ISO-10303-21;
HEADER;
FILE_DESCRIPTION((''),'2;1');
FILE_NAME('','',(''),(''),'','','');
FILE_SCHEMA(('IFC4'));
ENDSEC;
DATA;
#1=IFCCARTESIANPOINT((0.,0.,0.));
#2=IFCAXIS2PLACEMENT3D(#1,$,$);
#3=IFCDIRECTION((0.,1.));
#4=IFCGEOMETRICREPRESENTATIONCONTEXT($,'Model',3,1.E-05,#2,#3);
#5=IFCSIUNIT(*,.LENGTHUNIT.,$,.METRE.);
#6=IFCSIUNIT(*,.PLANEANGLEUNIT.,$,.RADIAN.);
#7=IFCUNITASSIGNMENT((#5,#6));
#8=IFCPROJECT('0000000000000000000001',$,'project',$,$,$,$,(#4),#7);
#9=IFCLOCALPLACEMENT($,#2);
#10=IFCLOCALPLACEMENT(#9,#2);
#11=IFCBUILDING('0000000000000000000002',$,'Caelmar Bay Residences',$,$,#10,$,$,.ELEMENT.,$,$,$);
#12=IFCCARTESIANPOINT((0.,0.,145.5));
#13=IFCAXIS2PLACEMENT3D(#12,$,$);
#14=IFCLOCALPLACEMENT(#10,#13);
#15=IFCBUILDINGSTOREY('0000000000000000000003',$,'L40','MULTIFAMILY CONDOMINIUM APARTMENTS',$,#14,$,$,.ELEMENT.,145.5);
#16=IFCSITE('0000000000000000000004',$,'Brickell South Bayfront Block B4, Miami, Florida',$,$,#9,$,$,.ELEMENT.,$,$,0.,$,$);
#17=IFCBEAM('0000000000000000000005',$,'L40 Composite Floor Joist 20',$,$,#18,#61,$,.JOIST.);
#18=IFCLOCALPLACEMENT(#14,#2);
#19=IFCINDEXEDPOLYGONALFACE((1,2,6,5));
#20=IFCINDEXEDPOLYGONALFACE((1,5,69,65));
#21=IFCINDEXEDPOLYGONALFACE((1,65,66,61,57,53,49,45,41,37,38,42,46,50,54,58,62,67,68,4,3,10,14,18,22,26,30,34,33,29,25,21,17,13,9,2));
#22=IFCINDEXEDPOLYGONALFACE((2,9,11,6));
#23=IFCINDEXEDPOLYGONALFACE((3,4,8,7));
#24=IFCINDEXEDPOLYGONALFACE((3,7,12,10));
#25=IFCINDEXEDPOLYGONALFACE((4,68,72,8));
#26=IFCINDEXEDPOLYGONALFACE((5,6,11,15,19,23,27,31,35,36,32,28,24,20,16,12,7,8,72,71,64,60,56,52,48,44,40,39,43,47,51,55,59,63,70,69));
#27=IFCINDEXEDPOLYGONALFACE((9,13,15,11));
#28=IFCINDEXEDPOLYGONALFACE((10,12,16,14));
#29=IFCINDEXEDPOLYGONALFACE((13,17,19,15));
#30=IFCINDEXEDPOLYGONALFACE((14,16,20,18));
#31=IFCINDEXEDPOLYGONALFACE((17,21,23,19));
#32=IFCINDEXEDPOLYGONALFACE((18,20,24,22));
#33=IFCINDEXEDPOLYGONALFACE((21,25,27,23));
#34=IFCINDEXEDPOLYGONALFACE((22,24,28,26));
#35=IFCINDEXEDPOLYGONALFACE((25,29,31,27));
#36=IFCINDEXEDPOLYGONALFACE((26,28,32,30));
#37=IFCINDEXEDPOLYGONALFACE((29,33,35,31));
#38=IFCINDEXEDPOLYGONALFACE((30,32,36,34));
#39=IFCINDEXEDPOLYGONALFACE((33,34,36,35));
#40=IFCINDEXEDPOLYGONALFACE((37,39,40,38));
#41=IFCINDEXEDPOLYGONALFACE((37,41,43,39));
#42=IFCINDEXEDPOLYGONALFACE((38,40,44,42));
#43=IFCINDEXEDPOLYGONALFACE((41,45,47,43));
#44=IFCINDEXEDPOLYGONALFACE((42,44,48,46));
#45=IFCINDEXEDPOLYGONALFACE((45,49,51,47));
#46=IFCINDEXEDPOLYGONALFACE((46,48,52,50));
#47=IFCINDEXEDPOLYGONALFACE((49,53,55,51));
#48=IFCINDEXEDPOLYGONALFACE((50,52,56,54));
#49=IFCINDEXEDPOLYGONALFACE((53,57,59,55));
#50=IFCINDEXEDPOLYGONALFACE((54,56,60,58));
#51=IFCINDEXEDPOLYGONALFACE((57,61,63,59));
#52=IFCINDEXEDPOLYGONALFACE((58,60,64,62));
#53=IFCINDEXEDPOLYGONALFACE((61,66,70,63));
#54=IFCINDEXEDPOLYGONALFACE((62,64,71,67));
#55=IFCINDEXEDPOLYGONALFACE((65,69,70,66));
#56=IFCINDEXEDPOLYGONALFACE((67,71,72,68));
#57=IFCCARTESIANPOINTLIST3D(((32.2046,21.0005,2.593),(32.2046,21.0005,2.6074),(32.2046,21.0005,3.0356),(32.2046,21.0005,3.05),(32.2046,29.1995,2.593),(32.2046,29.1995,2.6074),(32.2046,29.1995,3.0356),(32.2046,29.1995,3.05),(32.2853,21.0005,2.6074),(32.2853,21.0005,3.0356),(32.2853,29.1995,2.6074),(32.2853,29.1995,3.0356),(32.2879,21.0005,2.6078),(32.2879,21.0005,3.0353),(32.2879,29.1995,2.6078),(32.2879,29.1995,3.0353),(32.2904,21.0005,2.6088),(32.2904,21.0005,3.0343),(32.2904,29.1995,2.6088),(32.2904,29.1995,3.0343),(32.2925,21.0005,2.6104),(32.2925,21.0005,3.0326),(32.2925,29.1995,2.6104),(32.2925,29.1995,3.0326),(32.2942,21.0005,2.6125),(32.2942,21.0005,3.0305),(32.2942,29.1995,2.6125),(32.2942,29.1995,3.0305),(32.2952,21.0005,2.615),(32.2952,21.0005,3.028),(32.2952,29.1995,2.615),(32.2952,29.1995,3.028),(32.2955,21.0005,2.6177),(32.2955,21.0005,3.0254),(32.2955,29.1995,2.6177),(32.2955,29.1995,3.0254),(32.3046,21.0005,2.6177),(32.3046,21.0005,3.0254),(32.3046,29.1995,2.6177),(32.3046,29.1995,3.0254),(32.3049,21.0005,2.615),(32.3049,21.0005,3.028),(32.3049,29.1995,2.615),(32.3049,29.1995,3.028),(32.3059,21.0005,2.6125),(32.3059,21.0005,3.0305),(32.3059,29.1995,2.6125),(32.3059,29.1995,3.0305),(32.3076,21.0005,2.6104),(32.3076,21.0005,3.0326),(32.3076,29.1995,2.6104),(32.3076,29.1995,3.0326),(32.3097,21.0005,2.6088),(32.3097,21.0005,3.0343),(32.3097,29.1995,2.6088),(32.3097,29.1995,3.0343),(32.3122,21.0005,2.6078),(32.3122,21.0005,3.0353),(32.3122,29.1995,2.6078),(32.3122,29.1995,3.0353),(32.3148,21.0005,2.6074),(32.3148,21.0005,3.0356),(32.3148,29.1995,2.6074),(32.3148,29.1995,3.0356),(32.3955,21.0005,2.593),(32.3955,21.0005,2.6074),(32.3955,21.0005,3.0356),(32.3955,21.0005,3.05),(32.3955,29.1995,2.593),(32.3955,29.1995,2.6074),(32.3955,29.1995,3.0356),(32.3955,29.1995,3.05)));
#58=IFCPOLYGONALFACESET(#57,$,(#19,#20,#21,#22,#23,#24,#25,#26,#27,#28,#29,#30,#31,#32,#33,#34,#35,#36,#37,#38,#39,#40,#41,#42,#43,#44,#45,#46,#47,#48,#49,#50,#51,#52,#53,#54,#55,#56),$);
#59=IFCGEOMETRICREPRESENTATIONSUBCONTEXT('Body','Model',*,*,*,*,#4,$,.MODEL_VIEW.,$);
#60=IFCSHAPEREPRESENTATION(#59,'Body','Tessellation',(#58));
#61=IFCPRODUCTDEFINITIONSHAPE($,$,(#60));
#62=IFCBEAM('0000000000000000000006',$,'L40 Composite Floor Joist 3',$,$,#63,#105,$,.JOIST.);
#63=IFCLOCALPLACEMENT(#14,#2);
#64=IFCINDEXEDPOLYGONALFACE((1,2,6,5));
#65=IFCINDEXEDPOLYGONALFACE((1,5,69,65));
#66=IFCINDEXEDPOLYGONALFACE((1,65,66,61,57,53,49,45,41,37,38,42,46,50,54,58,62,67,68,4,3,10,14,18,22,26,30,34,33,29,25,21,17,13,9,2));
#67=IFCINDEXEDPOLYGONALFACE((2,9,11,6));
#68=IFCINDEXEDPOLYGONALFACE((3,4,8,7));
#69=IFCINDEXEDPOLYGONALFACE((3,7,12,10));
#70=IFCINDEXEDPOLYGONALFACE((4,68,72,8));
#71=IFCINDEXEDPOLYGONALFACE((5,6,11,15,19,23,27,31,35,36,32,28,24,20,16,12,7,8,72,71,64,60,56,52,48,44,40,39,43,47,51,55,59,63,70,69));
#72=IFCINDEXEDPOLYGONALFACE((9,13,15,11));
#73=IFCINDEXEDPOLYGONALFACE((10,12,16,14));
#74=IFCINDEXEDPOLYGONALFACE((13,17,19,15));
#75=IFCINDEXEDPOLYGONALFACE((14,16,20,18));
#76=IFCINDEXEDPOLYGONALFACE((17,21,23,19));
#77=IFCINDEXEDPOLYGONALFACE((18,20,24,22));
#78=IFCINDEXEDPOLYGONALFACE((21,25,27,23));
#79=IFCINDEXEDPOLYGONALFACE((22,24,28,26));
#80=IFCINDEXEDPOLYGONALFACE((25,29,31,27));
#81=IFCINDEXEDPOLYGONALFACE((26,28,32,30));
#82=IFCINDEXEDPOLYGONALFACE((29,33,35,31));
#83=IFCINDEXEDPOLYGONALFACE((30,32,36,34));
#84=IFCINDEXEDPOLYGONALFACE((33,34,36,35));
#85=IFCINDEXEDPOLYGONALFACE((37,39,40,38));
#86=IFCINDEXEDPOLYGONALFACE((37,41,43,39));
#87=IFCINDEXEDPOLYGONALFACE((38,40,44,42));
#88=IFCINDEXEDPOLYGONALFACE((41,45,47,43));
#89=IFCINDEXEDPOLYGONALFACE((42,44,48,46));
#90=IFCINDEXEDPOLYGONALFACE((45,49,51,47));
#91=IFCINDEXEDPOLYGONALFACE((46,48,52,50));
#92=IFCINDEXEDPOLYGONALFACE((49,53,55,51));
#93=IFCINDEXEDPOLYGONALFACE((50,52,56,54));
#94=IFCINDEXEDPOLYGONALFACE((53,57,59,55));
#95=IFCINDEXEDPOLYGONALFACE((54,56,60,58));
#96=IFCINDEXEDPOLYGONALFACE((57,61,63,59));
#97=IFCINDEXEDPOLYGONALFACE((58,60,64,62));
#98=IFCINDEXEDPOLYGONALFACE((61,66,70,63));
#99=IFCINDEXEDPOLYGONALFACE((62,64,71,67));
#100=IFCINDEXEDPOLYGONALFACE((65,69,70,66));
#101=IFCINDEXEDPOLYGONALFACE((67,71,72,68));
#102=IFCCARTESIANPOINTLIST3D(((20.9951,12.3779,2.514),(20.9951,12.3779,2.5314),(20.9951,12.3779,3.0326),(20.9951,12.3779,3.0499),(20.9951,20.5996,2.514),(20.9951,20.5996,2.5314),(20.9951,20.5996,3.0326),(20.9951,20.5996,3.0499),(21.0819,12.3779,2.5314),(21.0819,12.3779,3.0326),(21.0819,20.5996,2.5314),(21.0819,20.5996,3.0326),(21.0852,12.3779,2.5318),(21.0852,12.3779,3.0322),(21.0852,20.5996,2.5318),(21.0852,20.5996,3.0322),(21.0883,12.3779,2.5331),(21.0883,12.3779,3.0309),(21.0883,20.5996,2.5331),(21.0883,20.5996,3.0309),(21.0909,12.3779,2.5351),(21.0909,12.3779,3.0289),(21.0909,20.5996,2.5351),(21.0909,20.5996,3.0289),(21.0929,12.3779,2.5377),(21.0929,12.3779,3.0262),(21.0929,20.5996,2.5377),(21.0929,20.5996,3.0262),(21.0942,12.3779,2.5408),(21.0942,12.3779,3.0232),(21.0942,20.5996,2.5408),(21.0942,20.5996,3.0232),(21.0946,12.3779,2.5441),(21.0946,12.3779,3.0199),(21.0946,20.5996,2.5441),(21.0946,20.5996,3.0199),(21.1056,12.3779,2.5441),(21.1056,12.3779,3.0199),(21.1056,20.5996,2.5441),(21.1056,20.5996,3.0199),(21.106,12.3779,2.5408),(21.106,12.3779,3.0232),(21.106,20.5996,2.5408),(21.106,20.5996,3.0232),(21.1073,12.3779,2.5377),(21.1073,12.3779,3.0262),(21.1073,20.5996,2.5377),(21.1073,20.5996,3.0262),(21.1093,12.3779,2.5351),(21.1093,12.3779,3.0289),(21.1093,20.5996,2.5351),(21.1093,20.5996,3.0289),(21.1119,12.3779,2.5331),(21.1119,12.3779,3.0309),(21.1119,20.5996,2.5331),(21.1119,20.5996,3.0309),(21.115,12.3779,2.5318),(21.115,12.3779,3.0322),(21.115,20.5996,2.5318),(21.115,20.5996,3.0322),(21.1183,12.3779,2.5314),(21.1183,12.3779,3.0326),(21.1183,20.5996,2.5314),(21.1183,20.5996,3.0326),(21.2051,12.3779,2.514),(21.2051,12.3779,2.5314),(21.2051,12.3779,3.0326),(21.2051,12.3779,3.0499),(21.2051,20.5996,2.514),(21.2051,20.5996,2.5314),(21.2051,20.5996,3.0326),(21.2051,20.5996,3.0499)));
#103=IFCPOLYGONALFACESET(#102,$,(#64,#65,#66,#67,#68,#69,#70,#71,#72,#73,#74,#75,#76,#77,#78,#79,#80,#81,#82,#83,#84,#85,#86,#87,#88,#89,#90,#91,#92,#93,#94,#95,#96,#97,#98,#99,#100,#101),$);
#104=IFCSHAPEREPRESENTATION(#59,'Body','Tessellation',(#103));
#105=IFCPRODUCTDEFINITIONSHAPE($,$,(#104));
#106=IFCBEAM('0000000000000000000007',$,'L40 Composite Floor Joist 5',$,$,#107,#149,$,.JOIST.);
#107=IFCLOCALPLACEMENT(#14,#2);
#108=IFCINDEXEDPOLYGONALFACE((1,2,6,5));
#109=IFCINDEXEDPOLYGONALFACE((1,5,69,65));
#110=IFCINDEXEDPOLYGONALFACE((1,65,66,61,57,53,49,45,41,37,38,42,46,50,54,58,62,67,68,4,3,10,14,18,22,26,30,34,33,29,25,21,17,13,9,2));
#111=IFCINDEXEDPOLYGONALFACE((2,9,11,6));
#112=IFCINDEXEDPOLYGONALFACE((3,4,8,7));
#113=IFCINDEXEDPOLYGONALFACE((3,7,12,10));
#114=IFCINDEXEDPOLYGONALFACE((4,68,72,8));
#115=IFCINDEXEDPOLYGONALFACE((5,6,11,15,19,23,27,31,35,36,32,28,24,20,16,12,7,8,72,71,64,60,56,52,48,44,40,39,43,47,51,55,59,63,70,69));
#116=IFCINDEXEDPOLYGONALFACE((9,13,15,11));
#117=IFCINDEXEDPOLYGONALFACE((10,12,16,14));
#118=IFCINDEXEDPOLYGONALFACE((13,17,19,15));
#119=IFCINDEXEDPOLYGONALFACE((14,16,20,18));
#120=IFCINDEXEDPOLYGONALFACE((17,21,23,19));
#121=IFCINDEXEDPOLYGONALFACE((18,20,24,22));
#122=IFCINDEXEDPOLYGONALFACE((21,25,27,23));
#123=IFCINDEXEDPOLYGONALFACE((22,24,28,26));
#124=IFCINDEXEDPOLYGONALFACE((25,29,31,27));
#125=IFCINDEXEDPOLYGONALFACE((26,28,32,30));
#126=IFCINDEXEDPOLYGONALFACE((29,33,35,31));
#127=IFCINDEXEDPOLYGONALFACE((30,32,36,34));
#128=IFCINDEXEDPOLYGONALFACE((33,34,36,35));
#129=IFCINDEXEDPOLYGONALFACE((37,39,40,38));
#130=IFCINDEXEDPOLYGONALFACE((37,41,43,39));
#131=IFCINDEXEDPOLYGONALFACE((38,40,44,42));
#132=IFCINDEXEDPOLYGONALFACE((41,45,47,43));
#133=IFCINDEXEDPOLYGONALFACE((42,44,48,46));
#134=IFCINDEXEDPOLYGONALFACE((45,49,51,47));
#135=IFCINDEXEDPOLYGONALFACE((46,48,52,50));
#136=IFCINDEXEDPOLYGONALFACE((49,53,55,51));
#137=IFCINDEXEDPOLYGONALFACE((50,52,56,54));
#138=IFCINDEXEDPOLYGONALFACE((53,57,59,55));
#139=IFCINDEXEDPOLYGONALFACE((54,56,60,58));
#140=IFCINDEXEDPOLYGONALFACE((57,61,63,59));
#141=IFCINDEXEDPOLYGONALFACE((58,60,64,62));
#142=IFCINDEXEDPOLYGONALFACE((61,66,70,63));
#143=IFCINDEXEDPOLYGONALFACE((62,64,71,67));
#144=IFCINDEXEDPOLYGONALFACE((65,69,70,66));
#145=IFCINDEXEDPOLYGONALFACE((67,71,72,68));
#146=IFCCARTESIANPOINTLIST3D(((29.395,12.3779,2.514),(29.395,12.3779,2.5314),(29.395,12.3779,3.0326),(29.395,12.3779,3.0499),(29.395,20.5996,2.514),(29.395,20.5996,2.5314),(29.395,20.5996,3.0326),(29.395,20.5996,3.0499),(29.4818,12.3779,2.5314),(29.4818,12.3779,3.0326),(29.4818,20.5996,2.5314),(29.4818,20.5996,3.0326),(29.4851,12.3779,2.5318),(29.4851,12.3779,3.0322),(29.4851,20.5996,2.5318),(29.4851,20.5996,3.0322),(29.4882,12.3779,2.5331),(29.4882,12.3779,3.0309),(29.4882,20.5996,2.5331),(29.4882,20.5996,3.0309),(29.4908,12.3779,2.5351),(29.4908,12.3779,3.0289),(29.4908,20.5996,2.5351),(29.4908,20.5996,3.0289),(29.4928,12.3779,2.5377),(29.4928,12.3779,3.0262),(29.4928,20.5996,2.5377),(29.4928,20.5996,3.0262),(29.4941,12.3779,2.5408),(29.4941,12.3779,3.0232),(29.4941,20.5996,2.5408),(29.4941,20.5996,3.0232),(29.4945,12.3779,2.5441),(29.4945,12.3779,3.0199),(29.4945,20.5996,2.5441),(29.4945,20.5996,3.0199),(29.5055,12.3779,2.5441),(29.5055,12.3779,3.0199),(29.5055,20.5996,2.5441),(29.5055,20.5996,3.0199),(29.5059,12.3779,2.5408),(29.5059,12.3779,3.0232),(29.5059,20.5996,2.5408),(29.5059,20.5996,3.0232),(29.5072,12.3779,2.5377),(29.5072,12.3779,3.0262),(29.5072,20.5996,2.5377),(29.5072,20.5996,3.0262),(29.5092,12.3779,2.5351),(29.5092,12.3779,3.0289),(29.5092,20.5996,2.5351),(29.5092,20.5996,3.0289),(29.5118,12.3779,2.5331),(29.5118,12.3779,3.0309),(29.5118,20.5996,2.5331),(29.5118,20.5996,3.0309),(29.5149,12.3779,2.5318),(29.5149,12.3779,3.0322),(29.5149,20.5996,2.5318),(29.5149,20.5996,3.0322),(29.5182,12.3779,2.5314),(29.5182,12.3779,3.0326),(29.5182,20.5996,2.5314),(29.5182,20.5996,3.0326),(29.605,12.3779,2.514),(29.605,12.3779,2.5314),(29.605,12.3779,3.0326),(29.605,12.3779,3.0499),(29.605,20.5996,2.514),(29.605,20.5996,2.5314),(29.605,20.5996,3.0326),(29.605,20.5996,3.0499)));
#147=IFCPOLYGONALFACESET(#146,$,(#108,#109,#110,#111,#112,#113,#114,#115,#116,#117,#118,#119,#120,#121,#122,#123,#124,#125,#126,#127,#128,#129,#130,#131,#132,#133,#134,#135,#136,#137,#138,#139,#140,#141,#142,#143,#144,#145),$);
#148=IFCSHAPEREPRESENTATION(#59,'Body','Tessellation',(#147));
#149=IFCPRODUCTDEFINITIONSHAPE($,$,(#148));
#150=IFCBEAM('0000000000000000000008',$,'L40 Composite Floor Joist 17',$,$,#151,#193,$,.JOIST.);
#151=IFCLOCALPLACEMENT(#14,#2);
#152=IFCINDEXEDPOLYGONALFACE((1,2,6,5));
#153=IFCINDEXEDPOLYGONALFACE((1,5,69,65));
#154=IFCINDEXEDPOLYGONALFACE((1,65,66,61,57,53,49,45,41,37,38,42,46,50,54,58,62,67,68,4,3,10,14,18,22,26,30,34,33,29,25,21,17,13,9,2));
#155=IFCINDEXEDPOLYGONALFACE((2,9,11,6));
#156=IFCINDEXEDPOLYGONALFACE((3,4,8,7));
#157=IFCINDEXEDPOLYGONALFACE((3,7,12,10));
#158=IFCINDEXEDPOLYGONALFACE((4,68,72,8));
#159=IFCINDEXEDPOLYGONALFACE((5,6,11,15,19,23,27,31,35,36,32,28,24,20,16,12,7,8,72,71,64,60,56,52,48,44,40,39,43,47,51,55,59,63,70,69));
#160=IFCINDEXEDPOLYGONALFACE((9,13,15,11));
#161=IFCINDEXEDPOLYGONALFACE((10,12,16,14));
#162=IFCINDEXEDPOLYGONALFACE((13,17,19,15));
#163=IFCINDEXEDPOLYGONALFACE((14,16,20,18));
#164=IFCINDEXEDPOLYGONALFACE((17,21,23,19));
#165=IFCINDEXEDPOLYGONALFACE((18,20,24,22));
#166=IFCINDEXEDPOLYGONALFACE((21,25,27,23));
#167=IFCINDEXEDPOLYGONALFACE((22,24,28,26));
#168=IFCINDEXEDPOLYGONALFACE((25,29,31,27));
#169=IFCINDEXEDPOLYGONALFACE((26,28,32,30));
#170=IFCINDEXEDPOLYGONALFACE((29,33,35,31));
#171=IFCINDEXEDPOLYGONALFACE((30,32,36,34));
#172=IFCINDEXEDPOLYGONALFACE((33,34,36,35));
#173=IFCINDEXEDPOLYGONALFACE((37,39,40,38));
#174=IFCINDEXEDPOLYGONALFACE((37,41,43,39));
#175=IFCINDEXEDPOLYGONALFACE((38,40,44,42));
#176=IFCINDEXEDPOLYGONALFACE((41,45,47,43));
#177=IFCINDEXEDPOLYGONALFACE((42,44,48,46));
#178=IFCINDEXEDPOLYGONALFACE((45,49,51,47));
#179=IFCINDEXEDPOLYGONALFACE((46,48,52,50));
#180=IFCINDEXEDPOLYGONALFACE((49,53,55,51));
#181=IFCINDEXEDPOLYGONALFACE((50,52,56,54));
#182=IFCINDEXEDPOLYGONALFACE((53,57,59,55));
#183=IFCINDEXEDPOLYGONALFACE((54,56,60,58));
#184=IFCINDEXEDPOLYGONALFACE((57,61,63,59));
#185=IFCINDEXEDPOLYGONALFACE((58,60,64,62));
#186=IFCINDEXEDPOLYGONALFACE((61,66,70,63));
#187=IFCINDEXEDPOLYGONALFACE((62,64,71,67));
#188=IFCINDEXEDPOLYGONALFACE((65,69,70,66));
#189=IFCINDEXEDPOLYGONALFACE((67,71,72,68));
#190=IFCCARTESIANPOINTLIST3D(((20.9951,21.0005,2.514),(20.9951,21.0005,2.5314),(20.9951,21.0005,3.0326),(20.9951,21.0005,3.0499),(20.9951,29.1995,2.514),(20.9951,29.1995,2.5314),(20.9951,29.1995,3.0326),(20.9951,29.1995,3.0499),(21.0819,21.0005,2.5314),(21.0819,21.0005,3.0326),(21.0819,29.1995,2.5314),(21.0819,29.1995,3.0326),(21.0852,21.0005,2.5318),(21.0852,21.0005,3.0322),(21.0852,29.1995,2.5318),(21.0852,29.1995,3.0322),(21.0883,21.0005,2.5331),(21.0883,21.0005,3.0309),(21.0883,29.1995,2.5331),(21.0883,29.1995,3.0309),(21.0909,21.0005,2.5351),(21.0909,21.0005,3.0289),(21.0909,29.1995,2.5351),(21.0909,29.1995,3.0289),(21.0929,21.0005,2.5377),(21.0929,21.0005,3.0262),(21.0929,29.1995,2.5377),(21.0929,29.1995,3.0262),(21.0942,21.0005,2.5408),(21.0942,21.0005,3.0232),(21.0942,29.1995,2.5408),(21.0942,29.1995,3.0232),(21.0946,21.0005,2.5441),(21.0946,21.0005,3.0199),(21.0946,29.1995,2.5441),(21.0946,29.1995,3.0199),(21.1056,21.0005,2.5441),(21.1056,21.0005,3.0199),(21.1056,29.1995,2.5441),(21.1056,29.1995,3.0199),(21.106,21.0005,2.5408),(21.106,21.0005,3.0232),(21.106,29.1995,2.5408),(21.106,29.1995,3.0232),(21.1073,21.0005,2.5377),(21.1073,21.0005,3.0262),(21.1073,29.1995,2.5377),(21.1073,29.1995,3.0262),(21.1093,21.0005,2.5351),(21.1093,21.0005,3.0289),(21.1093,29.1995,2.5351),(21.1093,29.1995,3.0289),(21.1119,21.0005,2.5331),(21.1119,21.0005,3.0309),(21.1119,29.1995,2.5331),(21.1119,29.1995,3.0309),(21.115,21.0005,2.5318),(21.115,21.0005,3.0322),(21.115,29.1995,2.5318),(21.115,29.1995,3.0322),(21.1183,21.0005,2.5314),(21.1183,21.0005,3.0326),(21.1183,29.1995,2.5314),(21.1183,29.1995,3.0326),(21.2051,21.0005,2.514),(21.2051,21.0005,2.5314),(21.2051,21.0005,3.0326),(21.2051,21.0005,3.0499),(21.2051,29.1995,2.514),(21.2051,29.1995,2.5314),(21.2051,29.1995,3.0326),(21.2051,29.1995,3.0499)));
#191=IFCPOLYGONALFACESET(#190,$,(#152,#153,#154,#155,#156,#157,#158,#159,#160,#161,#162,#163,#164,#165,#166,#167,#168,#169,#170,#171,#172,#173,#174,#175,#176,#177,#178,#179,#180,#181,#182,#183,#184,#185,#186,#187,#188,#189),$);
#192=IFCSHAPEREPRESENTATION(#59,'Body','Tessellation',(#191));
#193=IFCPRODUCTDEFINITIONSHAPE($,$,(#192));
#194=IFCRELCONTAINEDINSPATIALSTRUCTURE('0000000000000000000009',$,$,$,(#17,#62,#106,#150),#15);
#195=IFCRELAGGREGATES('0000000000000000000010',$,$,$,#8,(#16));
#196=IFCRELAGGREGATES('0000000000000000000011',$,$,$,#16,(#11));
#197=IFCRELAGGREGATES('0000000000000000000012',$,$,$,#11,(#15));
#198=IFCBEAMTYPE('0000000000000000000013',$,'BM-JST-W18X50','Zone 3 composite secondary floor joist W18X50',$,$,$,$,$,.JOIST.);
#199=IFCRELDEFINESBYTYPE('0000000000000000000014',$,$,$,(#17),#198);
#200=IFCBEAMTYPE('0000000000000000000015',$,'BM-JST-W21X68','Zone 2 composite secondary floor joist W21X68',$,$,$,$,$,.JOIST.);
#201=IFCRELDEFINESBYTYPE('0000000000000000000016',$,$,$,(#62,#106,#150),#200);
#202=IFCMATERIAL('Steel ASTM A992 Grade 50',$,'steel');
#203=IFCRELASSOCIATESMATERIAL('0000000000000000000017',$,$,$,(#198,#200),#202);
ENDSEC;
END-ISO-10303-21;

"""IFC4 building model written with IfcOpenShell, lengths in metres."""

from ifc_helpers import new_model, si_unit, direction, frame, origin, origin_2d, place, context, subcontext, project, spatial, i_section, extrude, material, material_profile, profile_set, type_object, element, save


model = new_model("IFC4")

# Units and contexts
model_context = context("Model", 3, precision=1e-05, world=origin(), true_north=direction((0.0, 1.0)))
body_context = subcontext(model_context, "Body", "Model", "MODEL_VIEW")
ifc_project = project(units=[si_unit("LENGTHUNIT", "METRE"), si_unit("PLANEANGLEUNIT", "RADIAN")], contexts=[model_context])

# Site, building, storey
site_placement = place(None, origin())
site = spatial("IfcSite", under=ifc_project, at=site_placement, Name="Brickell South Bayfront Block B4, Miami, Florida", CompositionType="ELEMENT", RefElevation=0.0)
building_placement = place(site_placement, origin())
building = spatial("IfcBuilding", under=site, at=building_placement, Name="Caelmar Bay Residences", CompositionType="ELEMENT")
storey_placement = place(building_placement, frame((0.0, 0.0, 145.5)))
storey = spatial("IfcBuildingStorey", under=building, at=storey_placement, Name="L40", Description="MULTIFAMILY CONDOMINIUM APARTMENTS", CompositionType="ELEMENT", Elevation=145.5)

# Beams
ifc_material_1 = material(Name="Steel ASTM A992 Grade 50", Category="steel")
ifc_material_profile_1 = material_profile(ifc_material_1, i_section(OverallWidth=0.1909, OverallDepth=0.457, WebThickness=0.009, FlangeThickness=0.0144, FilletRadius=0.0103, at=origin_2d()), Name="W18X50")
ifc_profile_set_1 = profile_set([ifc_material_profile_1], Name="Steel ASTM A992 Grade 50")
beam_type_1 = type_object("IfcBeamType", Name="BM-JST-W18X50", Description="Zone 3 composite secondary floor joist W18X50", PredefinedType="JOIST", material=ifc_profile_set_1)
for number, where, z_axis, x_axis, name in (
    (1, (32.3, 21.0005, 2.8215), (0.0, 1.0, 0.0), (-1.0, 0.0, 0.0), "L40 Composite Floor Joist 20"),
):
    element("IfcBeam", number, at=place(storey_placement, frame(where, z_axis=z_axis, x_axis=x_axis)), inside=storey, type_object=beam_type_1, Name=name, PredefinedType="JOIST", context=body_context, shape_type="SweptSolid", body=[
        extrude(i_section(OverallWidth=0.1909, OverallDepth=0.457, WebThickness=0.009, FlangeThickness=0.0144, FilletRadius=0.0103, at=origin_2d()), origin(), (0.0, 0.0, 1.0), 8.199),
    ])
ifc_material_profile_2 = material_profile(ifc_material_1, i_section(OverallWidth=0.21, OverallDepth=0.5359, WebThickness=0.011, FlangeThickness=0.0173, FilletRadius=0.0127, at=origin_2d()), Name="W21X68")
ifc_profile_set_2 = profile_set([ifc_material_profile_2], Name="Steel ASTM A992 Grade 50")
beam_type_2 = type_object("IfcBeamType", Name="BM-JST-W21X68", Description="Zone 2 composite secondary floor joist W21X68", PredefinedType="JOIST", material=ifc_profile_set_2)
for number, where, z_axis, x_axis, name in (
    (2, (21.1001, 12.3779, 2.782), (0.0, 1.0, 0.0), (-1.0, 0.0, 0.0), "L40 Composite Floor Joist 3"),
    (3, (29.5, 12.3779, 2.782), (0.0, 1.0, 0.0), (-1.0, 0.0, 0.0), "L40 Composite Floor Joist 5"),
):
    element("IfcBeam", number, at=place(storey_placement, frame(where, z_axis=z_axis, x_axis=x_axis)), inside=storey, type_object=beam_type_2, Name=name, PredefinedType="JOIST", context=body_context, shape_type="SweptSolid", body=[
        extrude(i_section(OverallWidth=0.21, OverallDepth=0.5359, WebThickness=0.011, FlangeThickness=0.0173, FilletRadius=0.0127, at=origin_2d()), origin(), (0.0, 0.0, 1.0), 8.2217),
    ])
for number, where, z_axis, x_axis, name in (
    (4, (21.1001, 21.0005, 2.782), (0.0, 1.0, 0.0), (-1.0, 0.0, 0.0), "L40 Composite Floor Joist 17"),
):
    element("IfcBeam", number, at=place(storey_placement, frame(where, z_axis=z_axis, x_axis=x_axis)), inside=storey, type_object=beam_type_2, Name=name, PredefinedType="JOIST", context=body_context, shape_type="SweptSolid", body=[
        extrude(i_section(OverallWidth=0.21, OverallDepth=0.5359, WebThickness=0.011, FlangeThickness=0.0173, FilletRadius=0.0127, at=origin_2d()), origin(), (0.0, 0.0, 1.0), 8.199),
    ])

save(model, "model.ifc")
